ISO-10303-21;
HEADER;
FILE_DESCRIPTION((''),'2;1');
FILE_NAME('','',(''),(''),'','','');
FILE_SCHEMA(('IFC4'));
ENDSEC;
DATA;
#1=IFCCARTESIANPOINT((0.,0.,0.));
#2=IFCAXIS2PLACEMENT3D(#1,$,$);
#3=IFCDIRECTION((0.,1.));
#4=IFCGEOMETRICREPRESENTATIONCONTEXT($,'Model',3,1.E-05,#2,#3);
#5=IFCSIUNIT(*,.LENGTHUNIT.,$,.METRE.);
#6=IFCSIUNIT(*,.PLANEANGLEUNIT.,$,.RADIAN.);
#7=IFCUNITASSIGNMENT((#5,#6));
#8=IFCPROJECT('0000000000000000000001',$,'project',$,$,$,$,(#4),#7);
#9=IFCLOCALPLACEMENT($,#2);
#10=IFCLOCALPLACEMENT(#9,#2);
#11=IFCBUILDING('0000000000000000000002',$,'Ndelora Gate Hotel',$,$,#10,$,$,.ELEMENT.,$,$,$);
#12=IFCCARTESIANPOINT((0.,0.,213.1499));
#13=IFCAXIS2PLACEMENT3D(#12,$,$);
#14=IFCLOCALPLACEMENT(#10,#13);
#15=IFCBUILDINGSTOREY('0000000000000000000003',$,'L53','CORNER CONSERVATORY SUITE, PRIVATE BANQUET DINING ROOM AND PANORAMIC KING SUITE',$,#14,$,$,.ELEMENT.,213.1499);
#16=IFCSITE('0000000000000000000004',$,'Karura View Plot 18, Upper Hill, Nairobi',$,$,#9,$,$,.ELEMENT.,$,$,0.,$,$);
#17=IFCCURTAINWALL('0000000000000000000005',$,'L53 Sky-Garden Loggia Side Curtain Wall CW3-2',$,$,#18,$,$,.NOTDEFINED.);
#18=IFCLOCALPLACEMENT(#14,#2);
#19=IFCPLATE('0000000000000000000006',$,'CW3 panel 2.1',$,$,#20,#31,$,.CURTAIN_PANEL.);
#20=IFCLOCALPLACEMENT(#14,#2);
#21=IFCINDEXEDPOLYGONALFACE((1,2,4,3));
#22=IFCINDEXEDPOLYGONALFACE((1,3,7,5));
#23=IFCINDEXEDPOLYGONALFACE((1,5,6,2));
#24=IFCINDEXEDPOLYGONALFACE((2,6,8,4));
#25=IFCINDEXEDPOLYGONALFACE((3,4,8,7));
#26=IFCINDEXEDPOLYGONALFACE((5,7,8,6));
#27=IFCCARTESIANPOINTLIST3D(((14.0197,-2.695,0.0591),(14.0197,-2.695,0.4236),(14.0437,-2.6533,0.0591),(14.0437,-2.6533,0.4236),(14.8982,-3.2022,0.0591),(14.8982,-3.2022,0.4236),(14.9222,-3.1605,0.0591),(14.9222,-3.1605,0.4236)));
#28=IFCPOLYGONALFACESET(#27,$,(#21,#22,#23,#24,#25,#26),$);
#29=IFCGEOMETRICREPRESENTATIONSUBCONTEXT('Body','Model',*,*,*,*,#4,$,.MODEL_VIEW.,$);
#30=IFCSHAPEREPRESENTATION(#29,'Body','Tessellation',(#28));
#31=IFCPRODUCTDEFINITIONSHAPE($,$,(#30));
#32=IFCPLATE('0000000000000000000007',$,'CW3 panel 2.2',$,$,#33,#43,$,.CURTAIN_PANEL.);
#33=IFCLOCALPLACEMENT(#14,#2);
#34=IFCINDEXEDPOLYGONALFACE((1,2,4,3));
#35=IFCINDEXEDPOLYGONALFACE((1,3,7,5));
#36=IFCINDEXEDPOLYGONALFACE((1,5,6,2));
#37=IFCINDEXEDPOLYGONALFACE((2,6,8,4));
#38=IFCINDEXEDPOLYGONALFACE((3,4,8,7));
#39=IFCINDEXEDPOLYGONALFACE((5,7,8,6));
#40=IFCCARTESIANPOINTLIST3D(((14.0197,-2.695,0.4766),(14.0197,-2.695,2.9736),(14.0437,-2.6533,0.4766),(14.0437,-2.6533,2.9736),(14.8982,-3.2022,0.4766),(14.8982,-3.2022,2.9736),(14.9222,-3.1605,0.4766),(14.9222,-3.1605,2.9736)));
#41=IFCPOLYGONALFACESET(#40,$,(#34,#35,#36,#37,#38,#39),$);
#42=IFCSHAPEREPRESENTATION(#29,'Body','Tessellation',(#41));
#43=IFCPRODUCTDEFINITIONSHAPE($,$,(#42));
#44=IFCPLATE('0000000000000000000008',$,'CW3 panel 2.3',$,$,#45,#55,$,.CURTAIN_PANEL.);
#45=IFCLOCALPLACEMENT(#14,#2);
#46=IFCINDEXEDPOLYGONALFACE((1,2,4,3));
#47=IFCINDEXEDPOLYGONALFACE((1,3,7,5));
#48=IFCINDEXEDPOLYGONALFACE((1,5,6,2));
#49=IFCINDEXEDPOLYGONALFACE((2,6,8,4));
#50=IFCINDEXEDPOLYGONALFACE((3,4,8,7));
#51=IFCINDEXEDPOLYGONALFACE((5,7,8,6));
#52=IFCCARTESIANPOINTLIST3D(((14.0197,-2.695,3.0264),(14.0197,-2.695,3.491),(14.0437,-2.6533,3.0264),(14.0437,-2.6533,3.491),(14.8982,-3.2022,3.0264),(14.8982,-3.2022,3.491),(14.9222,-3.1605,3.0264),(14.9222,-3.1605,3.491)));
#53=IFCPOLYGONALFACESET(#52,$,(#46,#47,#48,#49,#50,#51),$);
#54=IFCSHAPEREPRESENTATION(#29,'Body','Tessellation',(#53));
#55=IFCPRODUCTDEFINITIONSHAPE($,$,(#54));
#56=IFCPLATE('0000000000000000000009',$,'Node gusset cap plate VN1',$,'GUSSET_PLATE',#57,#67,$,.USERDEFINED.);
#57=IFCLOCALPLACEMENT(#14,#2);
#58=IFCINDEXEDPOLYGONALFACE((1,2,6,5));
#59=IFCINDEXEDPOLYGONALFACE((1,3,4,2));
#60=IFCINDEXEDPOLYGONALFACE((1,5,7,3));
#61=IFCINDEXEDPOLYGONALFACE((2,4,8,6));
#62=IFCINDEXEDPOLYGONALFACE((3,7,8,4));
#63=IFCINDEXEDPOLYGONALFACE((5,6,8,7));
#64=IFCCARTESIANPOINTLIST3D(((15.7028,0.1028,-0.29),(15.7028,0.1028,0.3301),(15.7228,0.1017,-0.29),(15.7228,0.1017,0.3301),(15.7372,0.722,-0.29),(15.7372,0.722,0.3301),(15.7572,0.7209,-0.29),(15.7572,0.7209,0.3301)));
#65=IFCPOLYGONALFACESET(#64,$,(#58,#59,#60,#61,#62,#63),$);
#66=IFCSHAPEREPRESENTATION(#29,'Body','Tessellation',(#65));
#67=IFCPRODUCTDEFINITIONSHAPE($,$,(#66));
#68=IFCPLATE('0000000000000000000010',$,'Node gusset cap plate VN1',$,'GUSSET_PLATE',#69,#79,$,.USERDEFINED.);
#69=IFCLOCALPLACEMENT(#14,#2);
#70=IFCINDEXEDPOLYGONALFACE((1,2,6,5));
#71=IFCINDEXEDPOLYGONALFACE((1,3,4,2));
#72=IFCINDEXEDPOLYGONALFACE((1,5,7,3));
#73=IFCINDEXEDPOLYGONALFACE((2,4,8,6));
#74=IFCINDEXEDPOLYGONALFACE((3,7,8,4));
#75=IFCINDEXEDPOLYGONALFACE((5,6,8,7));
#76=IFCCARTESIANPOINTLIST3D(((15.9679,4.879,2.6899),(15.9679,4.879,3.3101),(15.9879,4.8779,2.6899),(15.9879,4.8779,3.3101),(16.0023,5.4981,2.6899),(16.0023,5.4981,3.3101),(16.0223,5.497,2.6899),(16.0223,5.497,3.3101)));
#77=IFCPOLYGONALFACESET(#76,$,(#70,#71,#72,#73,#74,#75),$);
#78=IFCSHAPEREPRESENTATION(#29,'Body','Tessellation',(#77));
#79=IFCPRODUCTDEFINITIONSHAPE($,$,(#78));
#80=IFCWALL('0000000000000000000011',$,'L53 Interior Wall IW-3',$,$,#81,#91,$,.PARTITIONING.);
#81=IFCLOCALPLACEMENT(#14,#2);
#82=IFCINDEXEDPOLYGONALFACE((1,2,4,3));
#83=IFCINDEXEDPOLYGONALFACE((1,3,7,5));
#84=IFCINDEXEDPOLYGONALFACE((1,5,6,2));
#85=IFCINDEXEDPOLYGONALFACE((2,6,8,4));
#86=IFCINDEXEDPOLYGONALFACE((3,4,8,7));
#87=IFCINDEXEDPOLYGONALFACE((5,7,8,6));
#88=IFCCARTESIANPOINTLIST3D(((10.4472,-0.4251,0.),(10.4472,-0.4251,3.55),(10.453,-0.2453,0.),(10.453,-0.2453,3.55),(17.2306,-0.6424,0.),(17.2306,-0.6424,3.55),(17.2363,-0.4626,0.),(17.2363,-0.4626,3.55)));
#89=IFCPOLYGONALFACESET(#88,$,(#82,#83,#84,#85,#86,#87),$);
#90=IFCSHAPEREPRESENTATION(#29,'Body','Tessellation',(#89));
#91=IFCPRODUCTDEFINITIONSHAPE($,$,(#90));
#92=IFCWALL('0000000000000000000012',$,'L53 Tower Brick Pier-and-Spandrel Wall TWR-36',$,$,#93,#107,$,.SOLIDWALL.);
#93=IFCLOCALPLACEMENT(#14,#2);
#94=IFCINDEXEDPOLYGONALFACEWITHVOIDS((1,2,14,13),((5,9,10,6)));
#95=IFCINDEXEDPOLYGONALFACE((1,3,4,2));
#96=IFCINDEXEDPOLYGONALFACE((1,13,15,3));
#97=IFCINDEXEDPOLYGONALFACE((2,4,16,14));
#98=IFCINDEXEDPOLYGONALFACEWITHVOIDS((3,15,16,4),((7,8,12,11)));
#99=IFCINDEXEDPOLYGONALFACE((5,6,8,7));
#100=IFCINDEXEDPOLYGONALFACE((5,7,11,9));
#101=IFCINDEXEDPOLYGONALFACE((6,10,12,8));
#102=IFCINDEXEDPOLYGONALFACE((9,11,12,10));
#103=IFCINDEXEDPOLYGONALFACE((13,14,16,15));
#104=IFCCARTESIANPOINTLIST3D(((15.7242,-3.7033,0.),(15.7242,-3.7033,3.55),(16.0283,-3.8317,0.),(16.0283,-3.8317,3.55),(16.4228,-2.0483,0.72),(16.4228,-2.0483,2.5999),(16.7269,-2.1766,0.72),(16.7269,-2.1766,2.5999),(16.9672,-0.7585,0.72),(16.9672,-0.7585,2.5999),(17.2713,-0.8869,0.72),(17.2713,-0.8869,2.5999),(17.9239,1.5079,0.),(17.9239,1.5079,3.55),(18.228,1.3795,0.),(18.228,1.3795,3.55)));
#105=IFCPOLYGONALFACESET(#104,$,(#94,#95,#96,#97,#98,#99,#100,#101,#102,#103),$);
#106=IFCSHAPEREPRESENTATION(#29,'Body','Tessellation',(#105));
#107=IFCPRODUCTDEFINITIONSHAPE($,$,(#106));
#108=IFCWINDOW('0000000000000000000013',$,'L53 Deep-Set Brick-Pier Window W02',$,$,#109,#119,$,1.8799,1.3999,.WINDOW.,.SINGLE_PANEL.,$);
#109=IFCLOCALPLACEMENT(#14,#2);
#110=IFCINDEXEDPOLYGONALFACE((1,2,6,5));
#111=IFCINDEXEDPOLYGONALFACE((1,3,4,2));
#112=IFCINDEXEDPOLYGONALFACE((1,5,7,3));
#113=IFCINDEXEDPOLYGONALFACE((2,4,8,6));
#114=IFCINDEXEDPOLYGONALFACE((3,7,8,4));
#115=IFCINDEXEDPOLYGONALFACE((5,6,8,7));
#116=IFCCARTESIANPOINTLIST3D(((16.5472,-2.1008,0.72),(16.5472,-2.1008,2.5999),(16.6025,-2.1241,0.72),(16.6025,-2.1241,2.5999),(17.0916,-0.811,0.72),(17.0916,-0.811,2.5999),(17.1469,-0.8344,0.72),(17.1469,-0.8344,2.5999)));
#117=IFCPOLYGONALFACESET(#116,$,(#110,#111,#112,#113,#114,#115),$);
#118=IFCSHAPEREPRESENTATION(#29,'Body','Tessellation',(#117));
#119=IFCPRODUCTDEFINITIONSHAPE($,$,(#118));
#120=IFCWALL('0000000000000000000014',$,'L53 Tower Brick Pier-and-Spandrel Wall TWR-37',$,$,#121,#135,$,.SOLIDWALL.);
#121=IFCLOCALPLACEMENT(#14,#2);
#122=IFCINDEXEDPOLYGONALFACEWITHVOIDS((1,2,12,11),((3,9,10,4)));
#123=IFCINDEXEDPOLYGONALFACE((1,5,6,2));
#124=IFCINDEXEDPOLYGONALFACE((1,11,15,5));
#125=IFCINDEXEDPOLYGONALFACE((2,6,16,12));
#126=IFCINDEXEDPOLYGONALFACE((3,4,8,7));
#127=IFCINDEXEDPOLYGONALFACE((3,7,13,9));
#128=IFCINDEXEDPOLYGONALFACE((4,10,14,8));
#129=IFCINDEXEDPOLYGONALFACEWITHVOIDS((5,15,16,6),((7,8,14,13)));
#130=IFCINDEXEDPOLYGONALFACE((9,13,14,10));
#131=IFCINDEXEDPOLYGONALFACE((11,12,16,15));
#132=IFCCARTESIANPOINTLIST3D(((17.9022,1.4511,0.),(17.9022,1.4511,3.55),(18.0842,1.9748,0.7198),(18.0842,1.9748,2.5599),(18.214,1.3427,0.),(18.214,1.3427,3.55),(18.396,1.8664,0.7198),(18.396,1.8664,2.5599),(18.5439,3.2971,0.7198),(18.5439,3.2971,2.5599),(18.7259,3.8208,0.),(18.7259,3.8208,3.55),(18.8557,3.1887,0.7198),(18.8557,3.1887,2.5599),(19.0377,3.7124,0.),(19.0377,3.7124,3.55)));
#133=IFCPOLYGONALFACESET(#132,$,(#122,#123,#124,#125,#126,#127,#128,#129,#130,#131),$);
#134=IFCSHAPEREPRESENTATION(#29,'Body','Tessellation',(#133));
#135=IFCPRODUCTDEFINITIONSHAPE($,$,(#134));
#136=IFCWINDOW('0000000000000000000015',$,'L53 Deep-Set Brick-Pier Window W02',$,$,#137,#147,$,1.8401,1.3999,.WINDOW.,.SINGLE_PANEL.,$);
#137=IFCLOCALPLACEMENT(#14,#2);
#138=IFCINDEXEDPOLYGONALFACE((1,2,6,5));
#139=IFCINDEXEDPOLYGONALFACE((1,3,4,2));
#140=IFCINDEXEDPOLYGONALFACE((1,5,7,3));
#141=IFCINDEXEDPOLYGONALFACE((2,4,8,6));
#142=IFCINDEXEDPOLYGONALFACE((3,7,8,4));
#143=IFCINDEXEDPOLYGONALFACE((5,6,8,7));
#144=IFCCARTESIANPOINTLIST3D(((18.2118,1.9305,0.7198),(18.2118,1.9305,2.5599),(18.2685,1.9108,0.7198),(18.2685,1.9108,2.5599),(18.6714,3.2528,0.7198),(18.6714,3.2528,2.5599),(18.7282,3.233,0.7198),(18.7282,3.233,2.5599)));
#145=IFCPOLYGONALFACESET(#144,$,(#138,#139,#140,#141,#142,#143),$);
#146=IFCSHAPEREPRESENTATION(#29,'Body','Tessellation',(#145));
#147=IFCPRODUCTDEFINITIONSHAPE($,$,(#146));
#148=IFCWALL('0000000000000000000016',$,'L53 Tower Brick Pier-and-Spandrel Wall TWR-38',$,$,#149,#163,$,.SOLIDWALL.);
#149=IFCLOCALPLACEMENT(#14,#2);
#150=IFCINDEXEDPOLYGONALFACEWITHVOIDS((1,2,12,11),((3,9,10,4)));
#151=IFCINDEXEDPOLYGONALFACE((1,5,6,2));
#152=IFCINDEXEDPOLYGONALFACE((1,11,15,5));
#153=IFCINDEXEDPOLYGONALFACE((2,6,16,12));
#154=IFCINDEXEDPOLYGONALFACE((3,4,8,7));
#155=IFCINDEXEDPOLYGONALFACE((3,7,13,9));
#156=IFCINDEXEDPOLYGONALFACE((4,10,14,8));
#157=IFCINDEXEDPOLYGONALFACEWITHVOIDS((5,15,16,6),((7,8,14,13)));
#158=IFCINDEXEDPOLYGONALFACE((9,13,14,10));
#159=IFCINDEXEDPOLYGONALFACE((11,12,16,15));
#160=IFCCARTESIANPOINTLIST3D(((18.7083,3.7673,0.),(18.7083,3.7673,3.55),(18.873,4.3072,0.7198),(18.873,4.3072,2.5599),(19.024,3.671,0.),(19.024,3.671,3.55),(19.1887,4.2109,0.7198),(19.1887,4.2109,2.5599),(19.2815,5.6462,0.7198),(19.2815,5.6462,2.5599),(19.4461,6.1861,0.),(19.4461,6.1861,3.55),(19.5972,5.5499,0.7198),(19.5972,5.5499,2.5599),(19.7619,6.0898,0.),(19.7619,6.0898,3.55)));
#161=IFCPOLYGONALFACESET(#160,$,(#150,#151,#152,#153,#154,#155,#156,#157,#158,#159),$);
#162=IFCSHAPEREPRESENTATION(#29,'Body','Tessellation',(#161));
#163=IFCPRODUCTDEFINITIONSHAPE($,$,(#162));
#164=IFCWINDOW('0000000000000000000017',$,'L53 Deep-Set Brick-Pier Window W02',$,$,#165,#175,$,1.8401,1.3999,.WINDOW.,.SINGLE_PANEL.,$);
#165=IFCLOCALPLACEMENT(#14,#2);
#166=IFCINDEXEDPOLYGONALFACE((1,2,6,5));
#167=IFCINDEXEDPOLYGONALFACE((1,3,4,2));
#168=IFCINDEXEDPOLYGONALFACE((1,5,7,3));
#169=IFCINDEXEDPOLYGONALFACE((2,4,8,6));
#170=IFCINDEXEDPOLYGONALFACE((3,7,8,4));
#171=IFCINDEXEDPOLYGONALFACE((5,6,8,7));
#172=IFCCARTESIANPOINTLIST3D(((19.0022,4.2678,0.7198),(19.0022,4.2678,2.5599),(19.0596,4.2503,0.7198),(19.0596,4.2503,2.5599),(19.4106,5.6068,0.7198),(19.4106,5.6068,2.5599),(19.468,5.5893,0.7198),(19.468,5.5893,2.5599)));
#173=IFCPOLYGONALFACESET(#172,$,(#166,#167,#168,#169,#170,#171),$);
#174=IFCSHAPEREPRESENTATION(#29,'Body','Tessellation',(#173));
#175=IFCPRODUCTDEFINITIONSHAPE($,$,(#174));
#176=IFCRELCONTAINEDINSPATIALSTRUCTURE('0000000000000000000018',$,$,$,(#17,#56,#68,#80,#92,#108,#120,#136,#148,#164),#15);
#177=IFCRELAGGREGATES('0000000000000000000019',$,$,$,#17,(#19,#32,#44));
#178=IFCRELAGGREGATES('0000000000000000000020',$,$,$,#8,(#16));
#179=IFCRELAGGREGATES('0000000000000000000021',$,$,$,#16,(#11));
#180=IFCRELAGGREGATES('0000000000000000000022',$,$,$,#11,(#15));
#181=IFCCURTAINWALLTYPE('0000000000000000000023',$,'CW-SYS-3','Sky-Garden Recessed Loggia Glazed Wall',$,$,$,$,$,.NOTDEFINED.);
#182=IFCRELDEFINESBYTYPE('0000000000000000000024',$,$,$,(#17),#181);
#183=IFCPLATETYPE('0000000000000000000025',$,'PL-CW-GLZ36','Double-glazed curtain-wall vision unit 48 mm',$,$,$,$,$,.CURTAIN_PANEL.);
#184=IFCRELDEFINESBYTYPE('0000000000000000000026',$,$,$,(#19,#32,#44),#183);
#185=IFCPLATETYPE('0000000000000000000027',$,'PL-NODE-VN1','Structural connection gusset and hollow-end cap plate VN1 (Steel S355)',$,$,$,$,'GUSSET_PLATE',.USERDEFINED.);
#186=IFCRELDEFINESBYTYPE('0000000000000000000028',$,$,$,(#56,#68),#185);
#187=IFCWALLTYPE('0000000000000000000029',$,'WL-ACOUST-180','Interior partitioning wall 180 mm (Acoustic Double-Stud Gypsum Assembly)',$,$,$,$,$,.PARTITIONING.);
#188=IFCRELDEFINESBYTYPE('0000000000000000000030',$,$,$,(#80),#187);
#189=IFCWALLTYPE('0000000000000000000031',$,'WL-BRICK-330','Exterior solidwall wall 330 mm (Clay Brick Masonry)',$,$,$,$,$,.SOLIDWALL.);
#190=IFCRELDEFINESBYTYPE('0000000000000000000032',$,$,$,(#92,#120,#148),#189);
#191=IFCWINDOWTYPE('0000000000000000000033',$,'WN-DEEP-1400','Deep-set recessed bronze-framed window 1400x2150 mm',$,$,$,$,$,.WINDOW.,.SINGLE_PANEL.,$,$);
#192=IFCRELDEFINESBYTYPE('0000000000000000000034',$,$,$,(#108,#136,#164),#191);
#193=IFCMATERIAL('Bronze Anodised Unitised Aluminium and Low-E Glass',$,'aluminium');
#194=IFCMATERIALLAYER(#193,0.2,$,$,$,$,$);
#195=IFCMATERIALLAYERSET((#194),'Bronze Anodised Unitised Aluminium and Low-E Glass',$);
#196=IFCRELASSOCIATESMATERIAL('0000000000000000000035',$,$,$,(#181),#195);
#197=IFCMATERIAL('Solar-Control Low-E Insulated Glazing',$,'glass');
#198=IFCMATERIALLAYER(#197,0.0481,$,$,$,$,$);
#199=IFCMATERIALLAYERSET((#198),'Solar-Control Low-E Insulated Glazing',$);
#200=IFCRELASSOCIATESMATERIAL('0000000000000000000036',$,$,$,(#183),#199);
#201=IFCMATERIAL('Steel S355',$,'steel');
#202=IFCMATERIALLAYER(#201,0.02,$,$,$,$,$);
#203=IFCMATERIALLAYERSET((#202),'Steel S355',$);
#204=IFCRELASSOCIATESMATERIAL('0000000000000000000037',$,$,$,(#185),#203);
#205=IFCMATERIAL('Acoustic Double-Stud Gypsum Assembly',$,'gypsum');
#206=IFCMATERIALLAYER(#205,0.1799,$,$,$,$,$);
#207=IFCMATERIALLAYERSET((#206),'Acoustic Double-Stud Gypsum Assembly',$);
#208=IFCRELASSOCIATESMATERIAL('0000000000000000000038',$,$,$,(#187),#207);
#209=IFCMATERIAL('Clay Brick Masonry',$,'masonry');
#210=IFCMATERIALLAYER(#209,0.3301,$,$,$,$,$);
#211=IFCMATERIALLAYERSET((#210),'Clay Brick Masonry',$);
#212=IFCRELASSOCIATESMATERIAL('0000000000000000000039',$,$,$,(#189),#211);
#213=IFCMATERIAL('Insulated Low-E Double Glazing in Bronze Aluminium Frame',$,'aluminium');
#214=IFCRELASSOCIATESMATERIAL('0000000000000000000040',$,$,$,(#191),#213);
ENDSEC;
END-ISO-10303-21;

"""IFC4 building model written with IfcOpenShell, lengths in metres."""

from ifc_helpers import new_model, si_unit, direction, frame, frame_2d, origin, origin_2d, place, context, subcontext, project, spatial, rectangle, extrude, material, layer, layer_set, type_object, element, fill, aggregate, save


model = new_model("IFC4")

# Units and contexts
model_context = context("Model", 3, precision=1e-05, world=origin(), true_north=direction((0.0, 1.0)))
body_context = subcontext(model_context, "Body", "Model", "MODEL_VIEW")
ifc_project = project(units=[si_unit("LENGTHUNIT", "METRE"), si_unit("PLANEANGLEUNIT", "RADIAN")], contexts=[model_context])

# Site, building, storey
site_placement = place(None, origin())
site = spatial("IfcSite", under=ifc_project, at=site_placement, Name="Karura View Plot 18, Upper Hill, Nairobi", CompositionType="ELEMENT", RefElevation=0.0)
building_placement = place(site_placement, origin())
building = spatial("IfcBuilding", under=site, at=building_placement, Name="Ndelora Gate Hotel", CompositionType="ELEMENT")
storey_placement = place(building_placement, frame((0.0, 0.0, 213.1499)))
storey = spatial("IfcBuildingStorey", under=building, at=storey_placement, Name="L53", Description="CORNER CONSERVATORY SUITE, PRIVATE BANQUET DINING ROOM AND PANORAMIC KING SUITE", CompositionType="ELEMENT", Elevation=213.1499)

# Shared definitions
ifc_material_1 = material(Name="Steel S355", Category="steel")

# Curtain wall
ifc_material_2 = material(Name="Bronze Anodised Unitised Aluminium and Low-E Glass", Category="aluminium")
ifc_layer_1 = layer(ifc_material_2, 0.2)
ifc_layer_set_1 = layer_set([ifc_layer_1], Name="Bronze Anodised Unitised Aluminium and Low-E Glass")
curtain_wall_type = type_object("IfcCurtainWallType", Name="CW-SYS-3", Description="Sky-Garden Recessed Loggia Glazed Wall", PredefinedType="NOTDEFINED", material=ifc_layer_set_1)
curtain_wall_placement = place(storey_placement, origin())
curtain_wall = element("IfcCurtainWall", 1, at=curtain_wall_placement, inside=storey, type_object=curtain_wall_type, Name="L53 Sky-Garden Loggia Side Curtain Wall CW3-2", PredefinedType="NOTDEFINED")

# Plates
ifc_material_3 = material(Name="Solar-Control Low-E Insulated Glazing", Category="glass")
ifc_layer_2 = layer(ifc_material_3, 0.0481)
ifc_layer_set_2 = layer_set([ifc_layer_2], Name="Solar-Control Low-E Insulated Glazing")
plate_type_1 = type_object("IfcPlateType", Name="PL-CW-GLZ36", Description="Double-glazed curtain-wall vision unit 48 mm", PredefinedType="CURTAIN_PANEL", material=ifc_layer_set_2)
plate_1_placement = place(storey_placement, frame((14.4709, -2.9277, 0.0591), z_axis=(0.0, 0.0, 1.0), x_axis=(-0.86603, 0.499991, 0.0)))
plate_1 = element("IfcPlate", 2, at=plate_1_placement, type_object=plate_type_1, Name="CW3 panel 2.1", PredefinedType="CURTAIN_PANEL", context=body_context, shape_type="SweptSolid", body=[
    extrude(rectangle(XDim=1.0144, YDim=0.0481, at=origin_2d()), origin(), (0.0, 0.0, 1.0), 0.3645),
])
plate_2_placement = place(storey_placement, frame((14.4709, -2.9277, 0.4766), z_axis=(0.0, 0.0, 1.0), x_axis=(-0.86603, 0.499991, 0.0)))
plate_2 = element("IfcPlate", 3, at=plate_2_placement, type_object=plate_type_1, Name="CW3 panel 2.2", PredefinedType="CURTAIN_PANEL", context=body_context, shape_type="SweptSolid", body=[
    extrude(rectangle(XDim=1.0144, YDim=0.0481, at=origin_2d()), origin(), (0.0, 0.0, 1.0), 2.4971),
])
plate_3_placement = place(storey_placement, frame((14.4709, -2.9277, 3.0264), z_axis=(0.0, 0.0, 1.0), x_axis=(-0.86603, 0.499991, 0.0)))
plate_3 = element("IfcPlate", 4, at=plate_3_placement, type_object=plate_type_1, Name="CW3 panel 2.3", PredefinedType="CURTAIN_PANEL", context=body_context, shape_type="SweptSolid", body=[
    extrude(rectangle(XDim=1.0144, YDim=0.0481, at=origin_2d()), origin(), (0.0, 0.0, 1.0), 0.4646),
])
aggregate(curtain_wall, [plate_1, plate_2, plate_3])

# Plates
ifc_layer_3 = layer(ifc_material_1, 0.02)
ifc_layer_set_3 = layer_set([ifc_layer_3], Name="Steel S355")
plate_type_2 = type_object("IfcPlateType", Name="PL-NODE-VN1", Description="Structural connection gusset and hollow-end cap plate VN1 (Steel S355)", ElementType="GUSSET_PLATE", PredefinedType="USERDEFINED", material=ifc_layer_set_3)
for number, where, z_axis, x_axis, name in (
    (5, (15.73, 0.4119, -0.29), (0.0, 0.0, 1.0), (0.055473, 0.99846, 0.0), "Node gusset cap plate VN1"),
    (6, (15.9951, 5.188, 2.6899), (0.0, 0.0, 1.0), (0.055473, 0.99846, 0.0), "Node gusset cap plate VN1"),
):
    element("IfcPlate", number, at=place(storey_placement, frame(where, z_axis=z_axis, x_axis=x_axis)), inside=storey, type_object=plate_type_2, Name=name, ObjectType="GUSSET_PLATE", PredefinedType="USERDEFINED", context=body_context, shape_type="SweptSolid", body=[
        extrude(rectangle(XDim=0.6201, YDim=0.02, at=origin_2d()), origin(), (0.0, 0.0, 1.0), 0.6201),
    ])

# Wall
ifc_material_4 = material(Name="Acoustic Double-Stud Gypsum Assembly", Category="gypsum")
ifc_layer_4 = layer(ifc_material_4, 0.1799)
ifc_layer_set_4 = layer_set([ifc_layer_4], Name="Acoustic Double-Stud Gypsum Assembly")
wall_type_1 = type_object("IfcWallType", Name="WL-ACOUST-180", Description="Interior partitioning wall 180 mm (Acoustic Double-Stud Gypsum Assembly)", PredefinedType="PARTITIONING", material=ifc_layer_set_4)
wall_1_placement = place(storey_placement, frame((10.45, -0.3352, 0.0), z_axis=(0.0, 0.0, 1.0), x_axis=(0.999487, -0.032015, 0.0)))
element("IfcWall", 7, at=wall_1_placement, inside=storey, type_object=wall_type_1, Name="L53 Interior Wall IW-3", PredefinedType="PARTITIONING", context=body_context, shape_type="SweptSolid", body=[
    extrude(rectangle(XDim=6.7869, YDim=0.1799, at=frame_2d((3.3936, 0.0))), origin(), (0.0, 0.0, 1.0), 3.55),
])

# Walls, openings, windows
ifc_material_5 = material(Name="Clay Brick Masonry", Category="masonry")
ifc_layer_5 = layer(ifc_material_5, 0.3301)
ifc_layer_set_5 = layer_set([ifc_layer_5], Name="Clay Brick Masonry")
wall_type_2 = type_object("IfcWallType", Name="WL-BRICK-330", Description="Exterior solidwall wall 330 mm (Clay Brick Masonry)", PredefinedType="SOLIDWALL", material=ifc_layer_set_5)
wall_2_placement = place(storey_placement, frame((18.0759, 1.4436, 0.0), z_axis=(0.0, 0.0, 1.0), x_axis=(-0.388887, -0.921286, 0.0)))
wall_2 = element("IfcWall", 8, at=wall_2_placement, inside=storey, type_object=wall_type_2, Name="L53 Tower Brick Pier-and-Spandrel Wall TWR-36", PredefinedType="SOLIDWALL", context=body_context, shape_type="SweptSolid", body=[
    extrude(rectangle(XDim=5.6565, YDim=0.3301, at=frame_2d((2.8281, 0.0))), origin(), (0.0, 0.0, 1.0), 3.55),
])
opening_1_placement = place(wall_2_placement, frame((2.46, 0.0, 0.72)))
opening_1 = element("IfcOpeningElement", 9, at=opening_1_placement, cuts=wall_2, PredefinedType="OPENING", context=body_context, shape_type="SweptSolid", body=[
    extrude(rectangle(XDim=1.3999, YDim=1.8799, at=frame_2d((0.7, 0.9399))), frame((0.0, 0.175, 0.0), z_axis=(0.0, -1.0, 0.0), x_axis=(1.0, 0.0, 0.0)), (0.0, 0.0, 1.0), 0.3501),
])
ifc_material_6 = material(Name="Insulated Low-E Double Glazing in Bronze Aluminium Frame", Category="aluminium")
window_type = type_object("IfcWindowType", Name="WN-DEEP-1400", Description="Deep-set recessed bronze-framed window 1400x2150 mm", PartitioningType="SINGLE_PANEL", PredefinedType="WINDOW", material=ifc_material_6)
window_1_placement = place(opening_1_placement, origin())
window_1 = element("IfcWindow", 10, at=window_1_placement, inside=storey, type_object=window_type, Name="L53 Deep-Set Brick-Pier Window W02", OverallHeight=1.8799, OverallWidth=1.3999, PartitioningType="SINGLE_PANEL", PredefinedType="WINDOW", context=body_context, shape_type="SweptSolid", body=[
    extrude(rectangle(XDim=1.3999, YDim=1.8799, at=frame_2d((0.7, 0.9399))), frame((0.0, 0.03, 0.0), z_axis=(0.0, -1.0, 0.0), x_axis=(1.0, 0.0, 0.0)), (0.0, 0.0, 1.0), 0.0601),
])
fill(opening_1, window_1)
wall_3_placement = place(storey_placement, frame((18.8818, 3.7666, 0.0), z_axis=(0.0, 0.0, 1.0), x_axis=(-0.328347, -0.944557, 0.0)))
wall_3 = element("IfcWall", 11, at=wall_3_placement, inside=storey, type_object=wall_type_2, Name="L53 Tower Brick Pier-and-Spandrel Wall TWR-37", PredefinedType="SOLIDWALL", context=body_context, shape_type="SweptSolid", body=[
    extrude(rectangle(XDim=2.5088, YDim=0.3301, at=frame_2d((1.2544, 0.0))), origin(), (0.0, 0.0, 1.0), 3.55),
])
opening_2_placement = place(wall_3_placement, frame((0.5544, 0.0, 0.72)))
opening_2 = element("IfcOpeningElement", 12, at=opening_2_placement, cuts=wall_3, PredefinedType="OPENING", context=body_context, shape_type="SweptSolid", body=[
    extrude(rectangle(XDim=1.3999, YDim=1.8401, at=frame_2d((0.7, 0.9199))), frame((0.0, 0.175, 0.0), z_axis=(0.0, -1.0, 0.0), x_axis=(1.0, 0.0, 0.0)), (0.0, 0.0, 1.0), 0.3501),
])
window_2_placement = place(opening_2_placement, origin())
window_2 = element("IfcWindow", 13, at=window_2_placement, inside=storey, type_object=window_type, Name="L53 Deep-Set Brick-Pier Window W02", OverallHeight=1.8401, OverallWidth=1.3999, PartitioningType="SINGLE_PANEL", PredefinedType="WINDOW", context=body_context, shape_type="SweptSolid", body=[
    extrude(rectangle(XDim=1.3999, YDim=1.8401, at=frame_2d((0.7, 0.9199))), frame((0.0, 0.03, 0.0), z_axis=(0.0, -1.0, 0.0), x_axis=(1.0, 0.0, 0.0)), (0.0, 0.0, 1.0), 0.0601),
])
fill(opening_2, window_2)
wall_4_placement = place(storey_placement, frame((19.604, 6.1379, 0.0), z_axis=(0.0, 0.0, 1.0), x_axis=(-0.291765, -0.95649, 0.0)))
wall_4 = element("IfcWall", 14, at=wall_4_placement, inside=storey, type_object=wall_type_2, Name="L53 Tower Brick Pier-and-Spandrel Wall TWR-38", PredefinedType="SOLIDWALL", context=body_context, shape_type="SweptSolid", body=[
    extrude(rectangle(XDim=2.5288, YDim=0.3301, at=frame_2d((1.2644, 0.0))), origin(), (0.0, 0.0, 1.0), 3.55),
])
opening_3_placement = place(wall_4_placement, frame((0.5645, 0.0, 0.72)))
opening_3 = element("IfcOpeningElement", 15, at=opening_3_placement, cuts=wall_4, PredefinedType="OPENING", context=body_context, shape_type="SweptSolid", body=[
    extrude(rectangle(XDim=1.3999, YDim=1.8401, at=frame_2d((0.7, 0.9199))), frame((0.0, 0.175, 0.0), z_axis=(0.0, -1.0, 0.0), x_axis=(1.0, 0.0, 0.0)), (0.0, 0.0, 1.0), 0.3501),
])
window_3_placement = place(opening_3_placement, origin())
window_3 = element("IfcWindow", 16, at=window_3_placement, inside=storey, type_object=window_type, Name="L53 Deep-Set Brick-Pier Window W02", OverallHeight=1.8401, OverallWidth=1.3999, PartitioningType="SINGLE_PANEL", PredefinedType="WINDOW", context=body_context, shape_type="SweptSolid", body=[
    extrude(rectangle(XDim=1.3999, YDim=1.8401, at=frame_2d((0.7, 0.9199))), frame((0.0, 0.03, 0.0), z_axis=(0.0, -1.0, 0.0), x_axis=(1.0, 0.0, 0.0)), (0.0, 0.0, 1.0), 0.0601),
])
fill(opening_3, window_3)

save(model, "model.ifc")
